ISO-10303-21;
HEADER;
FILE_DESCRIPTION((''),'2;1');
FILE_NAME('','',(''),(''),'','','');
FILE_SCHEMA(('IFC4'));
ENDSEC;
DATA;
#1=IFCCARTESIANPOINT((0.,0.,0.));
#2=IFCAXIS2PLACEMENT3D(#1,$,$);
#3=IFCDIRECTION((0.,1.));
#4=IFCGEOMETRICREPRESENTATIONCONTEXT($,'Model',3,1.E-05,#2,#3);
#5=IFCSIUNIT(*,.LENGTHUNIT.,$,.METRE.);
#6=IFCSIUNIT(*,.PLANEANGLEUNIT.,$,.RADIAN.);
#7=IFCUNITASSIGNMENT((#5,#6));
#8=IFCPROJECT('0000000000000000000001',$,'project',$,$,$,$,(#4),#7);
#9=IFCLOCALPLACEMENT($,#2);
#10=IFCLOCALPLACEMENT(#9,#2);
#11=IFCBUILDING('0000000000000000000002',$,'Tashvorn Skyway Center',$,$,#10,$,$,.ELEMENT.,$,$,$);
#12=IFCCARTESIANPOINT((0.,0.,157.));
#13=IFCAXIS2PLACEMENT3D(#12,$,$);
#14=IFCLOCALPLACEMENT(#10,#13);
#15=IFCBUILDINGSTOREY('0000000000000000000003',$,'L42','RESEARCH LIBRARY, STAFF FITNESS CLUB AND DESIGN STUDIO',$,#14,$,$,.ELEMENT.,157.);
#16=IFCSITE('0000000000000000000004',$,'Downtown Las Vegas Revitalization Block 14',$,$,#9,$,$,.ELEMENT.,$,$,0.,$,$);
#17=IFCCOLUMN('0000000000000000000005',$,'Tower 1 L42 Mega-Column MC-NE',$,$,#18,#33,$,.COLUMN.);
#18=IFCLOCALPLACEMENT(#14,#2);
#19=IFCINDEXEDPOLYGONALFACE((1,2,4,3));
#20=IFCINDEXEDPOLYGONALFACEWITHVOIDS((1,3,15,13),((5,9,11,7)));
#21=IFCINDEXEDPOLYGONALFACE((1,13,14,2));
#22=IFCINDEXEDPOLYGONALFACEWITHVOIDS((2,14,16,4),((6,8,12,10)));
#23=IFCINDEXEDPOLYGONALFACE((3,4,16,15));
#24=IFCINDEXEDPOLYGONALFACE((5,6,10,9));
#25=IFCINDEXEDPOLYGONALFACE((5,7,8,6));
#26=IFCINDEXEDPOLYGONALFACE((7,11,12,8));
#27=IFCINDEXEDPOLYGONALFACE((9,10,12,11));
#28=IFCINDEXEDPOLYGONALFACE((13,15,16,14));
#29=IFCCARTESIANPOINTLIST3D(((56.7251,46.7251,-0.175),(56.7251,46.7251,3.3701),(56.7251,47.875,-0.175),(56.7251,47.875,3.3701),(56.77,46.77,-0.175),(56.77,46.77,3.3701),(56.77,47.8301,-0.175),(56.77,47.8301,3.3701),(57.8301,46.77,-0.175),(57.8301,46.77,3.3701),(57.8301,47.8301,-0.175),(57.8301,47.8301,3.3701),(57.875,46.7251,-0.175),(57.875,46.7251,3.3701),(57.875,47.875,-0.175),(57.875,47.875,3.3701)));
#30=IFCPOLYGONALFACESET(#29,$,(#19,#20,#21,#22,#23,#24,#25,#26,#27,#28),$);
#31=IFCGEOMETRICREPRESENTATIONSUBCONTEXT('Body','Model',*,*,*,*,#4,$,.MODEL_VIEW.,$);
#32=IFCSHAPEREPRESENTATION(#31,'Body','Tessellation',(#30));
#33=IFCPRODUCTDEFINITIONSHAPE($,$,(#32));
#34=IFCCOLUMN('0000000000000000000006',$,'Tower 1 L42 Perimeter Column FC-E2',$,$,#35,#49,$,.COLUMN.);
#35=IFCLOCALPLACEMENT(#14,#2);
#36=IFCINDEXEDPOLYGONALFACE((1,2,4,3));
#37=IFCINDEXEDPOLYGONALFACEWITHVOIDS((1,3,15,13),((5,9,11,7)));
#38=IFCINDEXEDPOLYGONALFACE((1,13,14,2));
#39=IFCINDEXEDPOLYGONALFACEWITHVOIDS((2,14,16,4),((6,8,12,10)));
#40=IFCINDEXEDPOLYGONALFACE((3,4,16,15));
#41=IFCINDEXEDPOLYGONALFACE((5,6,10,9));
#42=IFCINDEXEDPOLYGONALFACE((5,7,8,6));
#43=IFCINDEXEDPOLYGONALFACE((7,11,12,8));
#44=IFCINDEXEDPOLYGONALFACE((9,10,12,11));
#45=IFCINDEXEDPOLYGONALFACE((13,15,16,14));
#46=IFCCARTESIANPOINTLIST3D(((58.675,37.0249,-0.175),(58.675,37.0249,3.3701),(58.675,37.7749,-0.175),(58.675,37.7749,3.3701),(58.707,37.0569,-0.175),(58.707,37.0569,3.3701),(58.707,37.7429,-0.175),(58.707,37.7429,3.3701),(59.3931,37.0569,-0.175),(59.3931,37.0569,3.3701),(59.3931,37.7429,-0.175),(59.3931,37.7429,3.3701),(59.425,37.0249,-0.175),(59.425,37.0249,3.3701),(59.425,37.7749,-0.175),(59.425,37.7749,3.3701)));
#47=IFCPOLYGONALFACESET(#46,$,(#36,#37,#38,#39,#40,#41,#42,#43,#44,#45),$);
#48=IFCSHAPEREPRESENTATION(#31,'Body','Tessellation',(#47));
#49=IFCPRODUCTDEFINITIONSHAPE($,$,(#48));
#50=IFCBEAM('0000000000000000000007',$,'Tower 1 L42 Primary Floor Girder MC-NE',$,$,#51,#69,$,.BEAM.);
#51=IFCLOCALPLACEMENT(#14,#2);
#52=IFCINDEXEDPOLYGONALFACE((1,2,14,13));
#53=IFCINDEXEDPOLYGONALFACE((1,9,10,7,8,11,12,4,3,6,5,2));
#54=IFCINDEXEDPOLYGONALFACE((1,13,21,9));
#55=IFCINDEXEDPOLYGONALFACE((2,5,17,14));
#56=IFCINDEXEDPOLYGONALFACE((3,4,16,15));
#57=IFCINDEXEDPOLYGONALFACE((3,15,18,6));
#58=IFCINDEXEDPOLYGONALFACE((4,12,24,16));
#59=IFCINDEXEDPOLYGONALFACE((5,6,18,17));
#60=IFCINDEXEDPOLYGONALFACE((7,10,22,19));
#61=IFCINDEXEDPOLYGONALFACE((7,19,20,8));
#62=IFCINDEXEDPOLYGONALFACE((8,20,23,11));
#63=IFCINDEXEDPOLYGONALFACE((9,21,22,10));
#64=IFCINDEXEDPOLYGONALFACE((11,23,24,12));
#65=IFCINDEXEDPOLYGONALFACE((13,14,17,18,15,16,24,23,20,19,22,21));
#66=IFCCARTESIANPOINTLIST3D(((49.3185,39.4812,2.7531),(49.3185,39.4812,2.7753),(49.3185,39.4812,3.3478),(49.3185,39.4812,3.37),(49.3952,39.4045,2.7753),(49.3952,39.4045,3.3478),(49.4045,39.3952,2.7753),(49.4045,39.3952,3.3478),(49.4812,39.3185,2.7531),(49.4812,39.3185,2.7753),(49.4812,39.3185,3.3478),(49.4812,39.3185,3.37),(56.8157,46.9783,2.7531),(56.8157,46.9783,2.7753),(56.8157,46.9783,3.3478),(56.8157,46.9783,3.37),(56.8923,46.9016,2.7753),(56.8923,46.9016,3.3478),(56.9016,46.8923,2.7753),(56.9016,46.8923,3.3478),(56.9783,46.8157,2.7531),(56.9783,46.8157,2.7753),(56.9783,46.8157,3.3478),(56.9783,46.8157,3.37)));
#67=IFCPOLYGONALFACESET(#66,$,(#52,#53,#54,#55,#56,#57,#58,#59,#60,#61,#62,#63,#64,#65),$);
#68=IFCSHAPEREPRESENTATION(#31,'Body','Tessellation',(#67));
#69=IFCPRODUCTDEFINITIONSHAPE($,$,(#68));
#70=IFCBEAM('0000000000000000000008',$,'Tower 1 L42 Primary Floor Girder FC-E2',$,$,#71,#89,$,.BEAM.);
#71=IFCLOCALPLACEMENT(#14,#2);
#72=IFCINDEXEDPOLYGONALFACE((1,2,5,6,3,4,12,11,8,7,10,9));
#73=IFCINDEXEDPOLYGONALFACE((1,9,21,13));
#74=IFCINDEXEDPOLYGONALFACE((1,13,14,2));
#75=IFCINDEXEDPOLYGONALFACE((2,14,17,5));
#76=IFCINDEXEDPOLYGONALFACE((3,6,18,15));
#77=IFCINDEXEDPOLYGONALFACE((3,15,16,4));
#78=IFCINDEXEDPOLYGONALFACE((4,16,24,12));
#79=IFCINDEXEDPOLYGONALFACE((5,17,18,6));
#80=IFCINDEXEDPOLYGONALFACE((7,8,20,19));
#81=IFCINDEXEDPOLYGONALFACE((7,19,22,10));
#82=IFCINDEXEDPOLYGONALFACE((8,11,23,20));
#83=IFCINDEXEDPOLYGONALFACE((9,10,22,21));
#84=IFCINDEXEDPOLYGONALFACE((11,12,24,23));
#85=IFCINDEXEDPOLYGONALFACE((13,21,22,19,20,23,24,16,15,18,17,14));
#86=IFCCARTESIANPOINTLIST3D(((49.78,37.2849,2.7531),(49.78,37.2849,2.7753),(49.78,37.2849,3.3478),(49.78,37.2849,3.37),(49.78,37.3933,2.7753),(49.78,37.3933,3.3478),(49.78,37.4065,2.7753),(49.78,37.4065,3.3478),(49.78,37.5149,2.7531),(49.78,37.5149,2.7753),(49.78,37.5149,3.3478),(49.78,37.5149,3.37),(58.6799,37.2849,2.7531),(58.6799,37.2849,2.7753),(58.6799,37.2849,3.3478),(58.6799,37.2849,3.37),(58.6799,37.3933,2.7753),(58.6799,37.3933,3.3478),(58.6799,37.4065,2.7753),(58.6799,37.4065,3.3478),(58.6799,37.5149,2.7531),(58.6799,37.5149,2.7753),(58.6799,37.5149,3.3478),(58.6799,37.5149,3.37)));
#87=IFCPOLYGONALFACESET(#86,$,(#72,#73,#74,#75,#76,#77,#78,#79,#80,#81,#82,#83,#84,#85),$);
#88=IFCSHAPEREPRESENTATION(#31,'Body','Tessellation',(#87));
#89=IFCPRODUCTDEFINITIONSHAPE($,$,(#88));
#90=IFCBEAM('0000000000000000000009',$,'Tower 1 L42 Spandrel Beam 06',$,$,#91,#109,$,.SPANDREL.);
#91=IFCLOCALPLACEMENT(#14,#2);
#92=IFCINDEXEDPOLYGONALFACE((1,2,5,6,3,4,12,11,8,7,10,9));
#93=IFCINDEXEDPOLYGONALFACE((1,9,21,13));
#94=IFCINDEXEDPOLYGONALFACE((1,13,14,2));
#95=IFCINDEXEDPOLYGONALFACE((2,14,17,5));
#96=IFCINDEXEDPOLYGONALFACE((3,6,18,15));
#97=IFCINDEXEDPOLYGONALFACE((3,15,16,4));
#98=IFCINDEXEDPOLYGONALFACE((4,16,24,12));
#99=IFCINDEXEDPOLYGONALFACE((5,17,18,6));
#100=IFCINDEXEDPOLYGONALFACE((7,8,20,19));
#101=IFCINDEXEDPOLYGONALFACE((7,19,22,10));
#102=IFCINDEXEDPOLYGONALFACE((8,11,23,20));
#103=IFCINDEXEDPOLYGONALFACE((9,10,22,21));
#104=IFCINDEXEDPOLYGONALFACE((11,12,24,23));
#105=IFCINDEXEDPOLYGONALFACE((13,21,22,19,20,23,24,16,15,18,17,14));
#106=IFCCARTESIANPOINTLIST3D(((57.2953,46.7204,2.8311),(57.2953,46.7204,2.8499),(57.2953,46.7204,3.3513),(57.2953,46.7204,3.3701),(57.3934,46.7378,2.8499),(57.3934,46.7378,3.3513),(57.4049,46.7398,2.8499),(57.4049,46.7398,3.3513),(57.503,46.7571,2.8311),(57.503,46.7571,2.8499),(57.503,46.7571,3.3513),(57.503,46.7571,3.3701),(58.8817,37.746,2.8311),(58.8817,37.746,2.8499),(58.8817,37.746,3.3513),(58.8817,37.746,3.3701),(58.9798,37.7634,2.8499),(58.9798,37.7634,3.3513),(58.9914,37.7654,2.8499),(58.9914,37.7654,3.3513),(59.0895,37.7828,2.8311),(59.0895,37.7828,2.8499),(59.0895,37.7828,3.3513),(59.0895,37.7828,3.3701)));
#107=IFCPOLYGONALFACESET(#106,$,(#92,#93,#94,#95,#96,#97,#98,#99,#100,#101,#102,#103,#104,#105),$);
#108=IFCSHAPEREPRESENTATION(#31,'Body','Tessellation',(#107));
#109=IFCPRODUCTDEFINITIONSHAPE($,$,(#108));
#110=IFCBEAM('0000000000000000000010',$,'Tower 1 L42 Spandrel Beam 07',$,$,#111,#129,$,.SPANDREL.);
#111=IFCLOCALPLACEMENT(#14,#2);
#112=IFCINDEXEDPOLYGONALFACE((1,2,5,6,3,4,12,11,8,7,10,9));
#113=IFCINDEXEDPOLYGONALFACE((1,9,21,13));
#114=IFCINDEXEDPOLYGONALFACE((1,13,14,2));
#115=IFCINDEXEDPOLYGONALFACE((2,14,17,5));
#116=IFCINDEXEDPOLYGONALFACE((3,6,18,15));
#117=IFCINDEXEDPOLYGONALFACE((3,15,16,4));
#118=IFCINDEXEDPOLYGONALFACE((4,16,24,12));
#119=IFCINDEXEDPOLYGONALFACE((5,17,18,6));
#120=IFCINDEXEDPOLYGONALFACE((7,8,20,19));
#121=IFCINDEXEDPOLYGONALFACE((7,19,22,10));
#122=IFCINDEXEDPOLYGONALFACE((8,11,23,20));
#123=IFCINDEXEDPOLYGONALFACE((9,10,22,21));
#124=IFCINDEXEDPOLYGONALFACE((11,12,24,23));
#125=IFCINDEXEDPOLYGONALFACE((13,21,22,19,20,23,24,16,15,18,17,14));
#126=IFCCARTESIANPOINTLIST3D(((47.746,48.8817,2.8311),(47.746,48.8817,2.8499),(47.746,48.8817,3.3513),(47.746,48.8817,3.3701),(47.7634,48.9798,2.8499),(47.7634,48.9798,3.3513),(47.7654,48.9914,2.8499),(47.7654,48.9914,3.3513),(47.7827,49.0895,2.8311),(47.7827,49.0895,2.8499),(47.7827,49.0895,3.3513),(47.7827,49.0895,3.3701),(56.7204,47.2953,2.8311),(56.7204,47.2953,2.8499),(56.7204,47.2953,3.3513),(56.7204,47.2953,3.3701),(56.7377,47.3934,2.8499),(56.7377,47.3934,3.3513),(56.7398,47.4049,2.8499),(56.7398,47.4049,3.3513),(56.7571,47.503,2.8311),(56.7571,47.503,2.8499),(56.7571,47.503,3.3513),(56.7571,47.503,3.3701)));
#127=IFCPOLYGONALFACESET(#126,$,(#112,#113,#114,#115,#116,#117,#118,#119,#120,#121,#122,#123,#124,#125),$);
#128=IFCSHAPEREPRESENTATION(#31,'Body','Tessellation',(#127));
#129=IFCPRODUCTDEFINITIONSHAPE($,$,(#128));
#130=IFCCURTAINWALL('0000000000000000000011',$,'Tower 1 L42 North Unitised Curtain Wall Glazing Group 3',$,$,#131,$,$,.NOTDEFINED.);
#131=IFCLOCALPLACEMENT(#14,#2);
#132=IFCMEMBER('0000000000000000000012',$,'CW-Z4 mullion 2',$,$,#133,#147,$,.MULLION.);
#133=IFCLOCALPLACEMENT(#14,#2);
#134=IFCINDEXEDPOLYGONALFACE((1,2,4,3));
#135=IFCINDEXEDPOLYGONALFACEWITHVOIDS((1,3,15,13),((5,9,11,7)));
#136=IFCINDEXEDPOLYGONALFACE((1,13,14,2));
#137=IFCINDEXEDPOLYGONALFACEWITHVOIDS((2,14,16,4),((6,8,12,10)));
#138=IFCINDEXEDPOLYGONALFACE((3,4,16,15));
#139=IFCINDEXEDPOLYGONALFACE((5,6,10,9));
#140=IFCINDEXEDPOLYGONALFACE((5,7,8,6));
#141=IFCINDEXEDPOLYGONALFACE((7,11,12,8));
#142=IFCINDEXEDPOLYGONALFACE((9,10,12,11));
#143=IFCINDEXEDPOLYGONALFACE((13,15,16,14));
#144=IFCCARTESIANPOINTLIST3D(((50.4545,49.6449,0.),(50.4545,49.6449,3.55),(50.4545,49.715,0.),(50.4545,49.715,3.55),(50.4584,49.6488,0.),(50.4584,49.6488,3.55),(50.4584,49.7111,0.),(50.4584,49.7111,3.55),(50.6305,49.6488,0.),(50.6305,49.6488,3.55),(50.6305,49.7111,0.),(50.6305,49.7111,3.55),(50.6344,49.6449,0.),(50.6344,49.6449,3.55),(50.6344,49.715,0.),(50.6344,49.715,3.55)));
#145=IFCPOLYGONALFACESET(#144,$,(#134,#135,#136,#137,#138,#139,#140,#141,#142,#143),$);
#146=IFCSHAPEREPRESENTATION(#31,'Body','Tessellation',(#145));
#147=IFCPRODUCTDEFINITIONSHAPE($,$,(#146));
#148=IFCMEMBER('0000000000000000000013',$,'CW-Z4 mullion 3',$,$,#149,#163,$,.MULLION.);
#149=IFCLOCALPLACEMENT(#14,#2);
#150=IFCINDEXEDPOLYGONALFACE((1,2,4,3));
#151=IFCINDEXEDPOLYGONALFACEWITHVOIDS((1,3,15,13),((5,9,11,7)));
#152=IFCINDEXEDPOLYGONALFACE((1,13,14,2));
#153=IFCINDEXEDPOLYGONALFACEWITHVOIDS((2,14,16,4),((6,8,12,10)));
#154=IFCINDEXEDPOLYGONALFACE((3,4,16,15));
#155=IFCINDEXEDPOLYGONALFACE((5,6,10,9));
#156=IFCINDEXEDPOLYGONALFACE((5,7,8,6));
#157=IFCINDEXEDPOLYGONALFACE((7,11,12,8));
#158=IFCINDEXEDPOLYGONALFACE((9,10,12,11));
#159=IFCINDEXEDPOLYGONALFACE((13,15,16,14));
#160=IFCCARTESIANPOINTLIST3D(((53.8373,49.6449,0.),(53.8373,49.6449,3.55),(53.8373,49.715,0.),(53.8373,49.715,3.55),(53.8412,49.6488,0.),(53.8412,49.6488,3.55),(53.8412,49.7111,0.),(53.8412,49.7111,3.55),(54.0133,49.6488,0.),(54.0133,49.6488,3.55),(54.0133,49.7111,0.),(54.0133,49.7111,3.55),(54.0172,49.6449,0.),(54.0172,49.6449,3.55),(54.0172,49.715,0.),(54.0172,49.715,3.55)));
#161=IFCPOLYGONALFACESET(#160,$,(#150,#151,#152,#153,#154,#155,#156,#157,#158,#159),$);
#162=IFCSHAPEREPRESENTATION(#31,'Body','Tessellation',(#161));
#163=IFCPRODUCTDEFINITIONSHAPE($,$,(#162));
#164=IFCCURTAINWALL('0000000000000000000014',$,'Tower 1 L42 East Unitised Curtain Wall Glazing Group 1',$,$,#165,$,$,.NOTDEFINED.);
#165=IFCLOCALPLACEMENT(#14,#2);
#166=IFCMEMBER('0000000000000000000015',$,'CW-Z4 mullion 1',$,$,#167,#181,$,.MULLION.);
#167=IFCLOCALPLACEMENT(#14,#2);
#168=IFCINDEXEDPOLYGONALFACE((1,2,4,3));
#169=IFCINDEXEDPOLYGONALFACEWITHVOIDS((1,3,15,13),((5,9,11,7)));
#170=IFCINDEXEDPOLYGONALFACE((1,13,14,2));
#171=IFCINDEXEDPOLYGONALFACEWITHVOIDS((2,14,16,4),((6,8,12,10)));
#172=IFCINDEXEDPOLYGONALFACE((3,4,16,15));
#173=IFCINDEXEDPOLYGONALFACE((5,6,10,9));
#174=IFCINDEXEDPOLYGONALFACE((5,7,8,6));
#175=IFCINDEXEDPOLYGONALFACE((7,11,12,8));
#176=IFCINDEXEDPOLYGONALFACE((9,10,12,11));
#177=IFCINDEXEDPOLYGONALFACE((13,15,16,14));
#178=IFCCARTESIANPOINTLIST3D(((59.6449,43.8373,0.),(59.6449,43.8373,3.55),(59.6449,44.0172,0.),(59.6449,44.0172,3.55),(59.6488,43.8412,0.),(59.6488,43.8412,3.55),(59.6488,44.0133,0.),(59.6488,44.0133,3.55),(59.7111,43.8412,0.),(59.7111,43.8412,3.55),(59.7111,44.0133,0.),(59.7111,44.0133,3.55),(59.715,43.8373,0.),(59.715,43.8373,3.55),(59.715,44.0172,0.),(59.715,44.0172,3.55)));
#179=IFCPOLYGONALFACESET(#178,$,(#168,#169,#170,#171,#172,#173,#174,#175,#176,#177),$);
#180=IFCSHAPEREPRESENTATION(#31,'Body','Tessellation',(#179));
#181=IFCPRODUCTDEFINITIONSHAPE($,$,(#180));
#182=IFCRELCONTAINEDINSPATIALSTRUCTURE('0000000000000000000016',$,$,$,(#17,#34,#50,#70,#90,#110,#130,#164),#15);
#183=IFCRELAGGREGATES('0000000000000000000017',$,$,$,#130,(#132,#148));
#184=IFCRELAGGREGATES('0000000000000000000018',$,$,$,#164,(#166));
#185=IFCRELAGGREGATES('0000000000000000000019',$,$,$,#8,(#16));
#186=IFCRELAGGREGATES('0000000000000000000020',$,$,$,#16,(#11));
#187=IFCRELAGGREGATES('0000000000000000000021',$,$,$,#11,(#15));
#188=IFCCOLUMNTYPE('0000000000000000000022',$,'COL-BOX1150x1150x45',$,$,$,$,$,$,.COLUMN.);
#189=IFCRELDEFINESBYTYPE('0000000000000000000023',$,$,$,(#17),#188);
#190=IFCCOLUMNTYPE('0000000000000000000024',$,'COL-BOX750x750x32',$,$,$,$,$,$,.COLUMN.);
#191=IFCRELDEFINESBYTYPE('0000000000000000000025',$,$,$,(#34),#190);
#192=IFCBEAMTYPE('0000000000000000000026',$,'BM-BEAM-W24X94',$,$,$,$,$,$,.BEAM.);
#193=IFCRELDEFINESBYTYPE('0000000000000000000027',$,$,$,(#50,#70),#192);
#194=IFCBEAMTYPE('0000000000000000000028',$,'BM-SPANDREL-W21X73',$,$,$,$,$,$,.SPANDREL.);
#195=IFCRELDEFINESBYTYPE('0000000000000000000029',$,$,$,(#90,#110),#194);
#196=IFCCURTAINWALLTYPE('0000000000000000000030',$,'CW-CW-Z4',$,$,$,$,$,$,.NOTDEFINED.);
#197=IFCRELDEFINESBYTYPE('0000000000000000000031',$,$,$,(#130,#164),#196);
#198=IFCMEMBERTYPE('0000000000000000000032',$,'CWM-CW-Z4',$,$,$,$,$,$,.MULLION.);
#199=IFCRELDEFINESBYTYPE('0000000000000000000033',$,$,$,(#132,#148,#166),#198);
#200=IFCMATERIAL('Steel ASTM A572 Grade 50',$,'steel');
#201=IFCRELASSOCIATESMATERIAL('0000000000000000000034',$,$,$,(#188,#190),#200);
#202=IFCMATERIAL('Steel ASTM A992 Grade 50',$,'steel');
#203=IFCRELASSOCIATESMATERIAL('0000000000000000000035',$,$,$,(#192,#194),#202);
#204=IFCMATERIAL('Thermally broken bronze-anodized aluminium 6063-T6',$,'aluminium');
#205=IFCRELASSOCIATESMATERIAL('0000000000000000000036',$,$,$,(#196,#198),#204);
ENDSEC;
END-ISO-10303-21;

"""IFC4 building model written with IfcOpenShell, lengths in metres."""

from ifc_helpers import new_model, si_unit, direction, frame, origin, origin_2d, place, context, subcontext, project, spatial, hollow_rectangle, i_section, extrude, material, material_profile, profile_set, type_object, element, aggregate, save


model = new_model("IFC4")

# Units and contexts
model_context = context("Model", 3, precision=1e-05, world=origin(), true_north=direction((0.0, 1.0)))
body_context = subcontext(model_context, "Body", "Model", "MODEL_VIEW")
ifc_project = project(units=[si_unit("LENGTHUNIT", "METRE"), si_unit("PLANEANGLEUNIT", "RADIAN")], contexts=[model_context])

# Site, building, storey
site_placement = place(None, origin())
site = spatial("IfcSite", under=ifc_project, at=site_placement, Name="Downtown Las Vegas Revitalization Block 14", CompositionType="ELEMENT", RefElevation=0.0)
building_placement = place(site_placement, origin())
building = spatial("IfcBuilding", under=site, at=building_placement, Name="Tashvorn Skyway Center", CompositionType="ELEMENT")
storey_placement = place(building_placement, frame((0.0, 0.0, 157.0)))
storey = spatial("IfcBuildingStorey", under=building, at=storey_placement, Name="L42", Description="RESEARCH LIBRARY, STAFF FITNESS CLUB AND DESIGN STUDIO", CompositionType="ELEMENT", Elevation=157.0)

# Columns
ifc_material_1 = material(Name="Steel ASTM A572 Grade 50", Category="steel")
ifc_material_profile_1 = material_profile(ifc_material_1, hollow_rectangle(XDim=1.1499, YDim=1.1499, WallThickness=0.0449, at=origin_2d()), Name="BOX1150x1150x45")
ifc_profile_set_1 = profile_set([ifc_material_profile_1], Name="Steel ASTM A572 Grade 50")
column_type_1 = type_object("IfcColumnType", Name="COL-BOX1150x1150x45", PredefinedType="COLUMN", material=ifc_profile_set_1)
column_1_placement = place(storey_placement, frame((57.3, 47.3, -0.175), z_axis=(0.0, 0.0, 1.0), x_axis=(1.0, 0.0, 0.0)))
element("IfcColumn", 1, at=column_1_placement, inside=storey, type_object=column_type_1, Name="Tower 1 L42 Mega-Column MC-NE", PredefinedType="COLUMN", context=body_context, shape_type="SweptSolid", body=[
    extrude(hollow_rectangle(XDim=1.1499, YDim=1.1499, WallThickness=0.0449, at=origin_2d()), origin(), (0.0, 0.0, 1.0), 3.5452),
])
ifc_material_profile_2 = material_profile(ifc_material_1, hollow_rectangle(XDim=0.75, YDim=0.75, WallThickness=0.032, at=origin_2d()), Name="BOX750x750x32")
ifc_profile_set_2 = profile_set([ifc_material_profile_2], Name="Steel ASTM A572 Grade 50")
column_type_2 = type_object("IfcColumnType", Name="COL-BOX750x750x32", PredefinedType="COLUMN", material=ifc_profile_set_2)
column_2_placement = place(storey_placement, frame((59.05, 37.3999, -0.175), z_axis=(0.0, 0.0, 1.0), x_axis=(1.0, 0.0, 0.0)))
element("IfcColumn", 2, at=column_2_placement, inside=storey, type_object=column_type_2, Name="Tower 1 L42 Perimeter Column FC-E2", PredefinedType="COLUMN", context=body_context, shape_type="SweptSolid", body=[
    extrude(hollow_rectangle(XDim=0.75, YDim=0.75, WallThickness=0.032, at=origin_2d()), origin(), (0.0, 0.0, 1.0), 3.5452),
])

# Beams
ifc_material_2 = material(Name="Steel ASTM A992 Grade 50", Category="steel")
ifc_material_profile_3 = material_profile(ifc_material_2, i_section(OverallWidth=0.23, OverallDepth=0.6169, WebThickness=0.0132, FlangeThickness=0.0222, at=origin_2d()), Name="W24X94")
ifc_profile_set_3 = profile_set([ifc_material_profile_3], Name="Steel ASTM A992 Grade 50")
beam_type_1 = type_object("IfcBeamType", Name="BM-BEAM-W24X94", PredefinedType="BEAM", material=ifc_profile_set_3)
beam_1_placement = place(storey_placement, frame((56.897, 46.897, 3.0615), z_axis=(-0.707107, -0.707107, 0.0), x_axis=(0.707107, -0.707107, 0.0)))
element("IfcBeam", 3, at=beam_1_placement, inside=storey, type_object=beam_type_1, Name="Tower 1 L42 Primary Floor Girder MC-NE", PredefinedType="BEAM", context=body_context, shape_type="SweptSolid", body=[
    extrude(i_section(OverallWidth=0.23, OverallDepth=0.6169, WebThickness=0.0132, FlangeThickness=0.0222, at=origin_2d()), origin(), (0.0, 0.0, 1.0), 10.6025),
])
beam_2_placement = place(storey_placement, frame((58.6799, 37.3999, 3.0615), z_axis=(-1.0, 0.0, 0.0), x_axis=(0.0, -1.0, 0.0)))
element("IfcBeam", 4, at=beam_2_placement, inside=storey, type_object=beam_type_1, Name="Tower 1 L42 Primary Floor Girder FC-E2", PredefinedType="BEAM", context=body_context, shape_type="SweptSolid", body=[
    extrude(i_section(OverallWidth=0.23, OverallDepth=0.6169, WebThickness=0.0132, FlangeThickness=0.0222, at=origin_2d()), origin(), (0.0, 0.0, 1.0), 8.8999),
])
ifc_material_profile_4 = material_profile(ifc_material_2, i_section(OverallWidth=0.2109, OverallDepth=0.5391, WebThickness=0.0117, FlangeThickness=0.0188, at=origin_2d()), Name="W21X73")
ifc_profile_set_4 = profile_set([ifc_material_profile_4], Name="Steel ASTM A992 Grade 50")
beam_type_2 = type_object("IfcBeamType", Name="BM-SPANDREL-W21X73", PredefinedType="SPANDREL", material=ifc_profile_set_4)
for number, where, z_axis, x_axis, name in (
    (5, (58.9856, 37.7644, 3.1006), (-0.174074, 0.984733, 0.0), (-0.984733, -0.174074, 0.0), "Tower 1 L42 Spandrel Beam 06"),
    (6, (56.7388, 47.3992, 3.1006), (-0.984733, 0.174074, 0.0), (-0.174074, -0.984733, 0.0), "Tower 1 L42 Spandrel Beam 07"),
):
    element("IfcBeam", number, at=place(storey_placement, frame(where, z_axis=z_axis, x_axis=x_axis)), inside=storey, type_object=beam_type_2, Name=name, PredefinedType="SPANDREL", context=body_context, shape_type="SweptSolid", body=[
        extrude(i_section(OverallWidth=0.2109, OverallDepth=0.5391, WebThickness=0.0117, FlangeThickness=0.0188, at=origin_2d()), origin(), (0.0, 0.0, 1.0), 9.1135),
    ])

# Curtain walls, members
ifc_material_3 = material(Name="Thermally broken bronze-anodized aluminium 6063-T6", Category="aluminium")
curtain_wall_type = type_object("IfcCurtainWallType", Name="CW-CW-Z4", PredefinedType="NOTDEFINED", material=ifc_material_3)
curtain_wall_1_placement = place(storey_placement, origin())
curtain_wall_1 = element("IfcCurtainWall", 7, at=curtain_wall_1_placement, inside=storey, type_object=curtain_wall_type, Name="Tower 1 L42 North Unitised Curtain Wall Glazing Group 3", PredefinedType="NOTDEFINED")
ifc_material_profile_5 = material_profile(ifc_material_3, hollow_rectangle(XDim=0.0701, YDim=0.1799, WallThickness=0.0039, at=origin_2d()), Name="ALU-MULL-70x180")
ifc_profile_set_5 = profile_set([ifc_material_profile_5], Name="Thermally broken bronze-anodized aluminium 6063-T6")
member_type_1 = type_object("IfcMemberType", Name="CWM-CW-Z4", PredefinedType="MULLION", material=ifc_profile_set_5)
member_1_placement = place(storey_placement, frame((50.5444, 49.6799, 0.0), z_axis=(0.0, 0.0, 1.0), x_axis=(0.0, 1.0, 0.0)))
member_1 = element("IfcMember", 8, at=member_1_placement, type_object=member_type_1, Name="CW-Z4 mullion 2", PredefinedType="MULLION", context=body_context, shape_type="SweptSolid", body=[
    extrude(hollow_rectangle(XDim=0.0701, YDim=0.1799, WallThickness=0.0039, at=origin_2d()), origin(), (0.0, 0.0, 1.0), 3.55),
])
member_2_placement = place(storey_placement, frame((53.9272, 49.6799, 0.0), z_axis=(0.0, 0.0, 1.0), x_axis=(0.0, 1.0, 0.0)))
member_2 = element("IfcMember", 9, at=member_2_placement, type_object=member_type_1, Name="CW-Z4 mullion 3", PredefinedType="MULLION", context=body_context, shape_type="SweptSolid", body=[
    extrude(hollow_rectangle(XDim=0.0701, YDim=0.1799, WallThickness=0.0039, at=origin_2d()), origin(), (0.0, 0.0, 1.0), 3.55),
])
curtain_wall_2_placement = place(storey_placement, origin())
curtain_wall_2 = element("IfcCurtainWall", 10, at=curtain_wall_2_placement, inside=storey, type_object=curtain_wall_type, Name="Tower 1 L42 East Unitised Curtain Wall Glazing Group 1", PredefinedType="NOTDEFINED")
member_3_placement = place(storey_placement, frame((59.6799, 43.9272, 0.0), z_axis=(0.0, 0.0, 1.0), x_axis=(1.0, 0.0, 0.0)))
member_3 = element("IfcMember", 11, at=member_3_placement, type_object=member_type_1, Name="CW-Z4 mullion 1", PredefinedType="MULLION", context=body_context, shape_type="SweptSolid", body=[
    extrude(hollow_rectangle(XDim=0.0701, YDim=0.1799, WallThickness=0.0039, at=origin_2d()), origin(), (0.0, 0.0, 1.0), 3.55),
])

aggregate(curtain_wall_1, [member_1, member_2])
aggregate(curtain_wall_2, [member_3])

save(model, "model.ifc")
